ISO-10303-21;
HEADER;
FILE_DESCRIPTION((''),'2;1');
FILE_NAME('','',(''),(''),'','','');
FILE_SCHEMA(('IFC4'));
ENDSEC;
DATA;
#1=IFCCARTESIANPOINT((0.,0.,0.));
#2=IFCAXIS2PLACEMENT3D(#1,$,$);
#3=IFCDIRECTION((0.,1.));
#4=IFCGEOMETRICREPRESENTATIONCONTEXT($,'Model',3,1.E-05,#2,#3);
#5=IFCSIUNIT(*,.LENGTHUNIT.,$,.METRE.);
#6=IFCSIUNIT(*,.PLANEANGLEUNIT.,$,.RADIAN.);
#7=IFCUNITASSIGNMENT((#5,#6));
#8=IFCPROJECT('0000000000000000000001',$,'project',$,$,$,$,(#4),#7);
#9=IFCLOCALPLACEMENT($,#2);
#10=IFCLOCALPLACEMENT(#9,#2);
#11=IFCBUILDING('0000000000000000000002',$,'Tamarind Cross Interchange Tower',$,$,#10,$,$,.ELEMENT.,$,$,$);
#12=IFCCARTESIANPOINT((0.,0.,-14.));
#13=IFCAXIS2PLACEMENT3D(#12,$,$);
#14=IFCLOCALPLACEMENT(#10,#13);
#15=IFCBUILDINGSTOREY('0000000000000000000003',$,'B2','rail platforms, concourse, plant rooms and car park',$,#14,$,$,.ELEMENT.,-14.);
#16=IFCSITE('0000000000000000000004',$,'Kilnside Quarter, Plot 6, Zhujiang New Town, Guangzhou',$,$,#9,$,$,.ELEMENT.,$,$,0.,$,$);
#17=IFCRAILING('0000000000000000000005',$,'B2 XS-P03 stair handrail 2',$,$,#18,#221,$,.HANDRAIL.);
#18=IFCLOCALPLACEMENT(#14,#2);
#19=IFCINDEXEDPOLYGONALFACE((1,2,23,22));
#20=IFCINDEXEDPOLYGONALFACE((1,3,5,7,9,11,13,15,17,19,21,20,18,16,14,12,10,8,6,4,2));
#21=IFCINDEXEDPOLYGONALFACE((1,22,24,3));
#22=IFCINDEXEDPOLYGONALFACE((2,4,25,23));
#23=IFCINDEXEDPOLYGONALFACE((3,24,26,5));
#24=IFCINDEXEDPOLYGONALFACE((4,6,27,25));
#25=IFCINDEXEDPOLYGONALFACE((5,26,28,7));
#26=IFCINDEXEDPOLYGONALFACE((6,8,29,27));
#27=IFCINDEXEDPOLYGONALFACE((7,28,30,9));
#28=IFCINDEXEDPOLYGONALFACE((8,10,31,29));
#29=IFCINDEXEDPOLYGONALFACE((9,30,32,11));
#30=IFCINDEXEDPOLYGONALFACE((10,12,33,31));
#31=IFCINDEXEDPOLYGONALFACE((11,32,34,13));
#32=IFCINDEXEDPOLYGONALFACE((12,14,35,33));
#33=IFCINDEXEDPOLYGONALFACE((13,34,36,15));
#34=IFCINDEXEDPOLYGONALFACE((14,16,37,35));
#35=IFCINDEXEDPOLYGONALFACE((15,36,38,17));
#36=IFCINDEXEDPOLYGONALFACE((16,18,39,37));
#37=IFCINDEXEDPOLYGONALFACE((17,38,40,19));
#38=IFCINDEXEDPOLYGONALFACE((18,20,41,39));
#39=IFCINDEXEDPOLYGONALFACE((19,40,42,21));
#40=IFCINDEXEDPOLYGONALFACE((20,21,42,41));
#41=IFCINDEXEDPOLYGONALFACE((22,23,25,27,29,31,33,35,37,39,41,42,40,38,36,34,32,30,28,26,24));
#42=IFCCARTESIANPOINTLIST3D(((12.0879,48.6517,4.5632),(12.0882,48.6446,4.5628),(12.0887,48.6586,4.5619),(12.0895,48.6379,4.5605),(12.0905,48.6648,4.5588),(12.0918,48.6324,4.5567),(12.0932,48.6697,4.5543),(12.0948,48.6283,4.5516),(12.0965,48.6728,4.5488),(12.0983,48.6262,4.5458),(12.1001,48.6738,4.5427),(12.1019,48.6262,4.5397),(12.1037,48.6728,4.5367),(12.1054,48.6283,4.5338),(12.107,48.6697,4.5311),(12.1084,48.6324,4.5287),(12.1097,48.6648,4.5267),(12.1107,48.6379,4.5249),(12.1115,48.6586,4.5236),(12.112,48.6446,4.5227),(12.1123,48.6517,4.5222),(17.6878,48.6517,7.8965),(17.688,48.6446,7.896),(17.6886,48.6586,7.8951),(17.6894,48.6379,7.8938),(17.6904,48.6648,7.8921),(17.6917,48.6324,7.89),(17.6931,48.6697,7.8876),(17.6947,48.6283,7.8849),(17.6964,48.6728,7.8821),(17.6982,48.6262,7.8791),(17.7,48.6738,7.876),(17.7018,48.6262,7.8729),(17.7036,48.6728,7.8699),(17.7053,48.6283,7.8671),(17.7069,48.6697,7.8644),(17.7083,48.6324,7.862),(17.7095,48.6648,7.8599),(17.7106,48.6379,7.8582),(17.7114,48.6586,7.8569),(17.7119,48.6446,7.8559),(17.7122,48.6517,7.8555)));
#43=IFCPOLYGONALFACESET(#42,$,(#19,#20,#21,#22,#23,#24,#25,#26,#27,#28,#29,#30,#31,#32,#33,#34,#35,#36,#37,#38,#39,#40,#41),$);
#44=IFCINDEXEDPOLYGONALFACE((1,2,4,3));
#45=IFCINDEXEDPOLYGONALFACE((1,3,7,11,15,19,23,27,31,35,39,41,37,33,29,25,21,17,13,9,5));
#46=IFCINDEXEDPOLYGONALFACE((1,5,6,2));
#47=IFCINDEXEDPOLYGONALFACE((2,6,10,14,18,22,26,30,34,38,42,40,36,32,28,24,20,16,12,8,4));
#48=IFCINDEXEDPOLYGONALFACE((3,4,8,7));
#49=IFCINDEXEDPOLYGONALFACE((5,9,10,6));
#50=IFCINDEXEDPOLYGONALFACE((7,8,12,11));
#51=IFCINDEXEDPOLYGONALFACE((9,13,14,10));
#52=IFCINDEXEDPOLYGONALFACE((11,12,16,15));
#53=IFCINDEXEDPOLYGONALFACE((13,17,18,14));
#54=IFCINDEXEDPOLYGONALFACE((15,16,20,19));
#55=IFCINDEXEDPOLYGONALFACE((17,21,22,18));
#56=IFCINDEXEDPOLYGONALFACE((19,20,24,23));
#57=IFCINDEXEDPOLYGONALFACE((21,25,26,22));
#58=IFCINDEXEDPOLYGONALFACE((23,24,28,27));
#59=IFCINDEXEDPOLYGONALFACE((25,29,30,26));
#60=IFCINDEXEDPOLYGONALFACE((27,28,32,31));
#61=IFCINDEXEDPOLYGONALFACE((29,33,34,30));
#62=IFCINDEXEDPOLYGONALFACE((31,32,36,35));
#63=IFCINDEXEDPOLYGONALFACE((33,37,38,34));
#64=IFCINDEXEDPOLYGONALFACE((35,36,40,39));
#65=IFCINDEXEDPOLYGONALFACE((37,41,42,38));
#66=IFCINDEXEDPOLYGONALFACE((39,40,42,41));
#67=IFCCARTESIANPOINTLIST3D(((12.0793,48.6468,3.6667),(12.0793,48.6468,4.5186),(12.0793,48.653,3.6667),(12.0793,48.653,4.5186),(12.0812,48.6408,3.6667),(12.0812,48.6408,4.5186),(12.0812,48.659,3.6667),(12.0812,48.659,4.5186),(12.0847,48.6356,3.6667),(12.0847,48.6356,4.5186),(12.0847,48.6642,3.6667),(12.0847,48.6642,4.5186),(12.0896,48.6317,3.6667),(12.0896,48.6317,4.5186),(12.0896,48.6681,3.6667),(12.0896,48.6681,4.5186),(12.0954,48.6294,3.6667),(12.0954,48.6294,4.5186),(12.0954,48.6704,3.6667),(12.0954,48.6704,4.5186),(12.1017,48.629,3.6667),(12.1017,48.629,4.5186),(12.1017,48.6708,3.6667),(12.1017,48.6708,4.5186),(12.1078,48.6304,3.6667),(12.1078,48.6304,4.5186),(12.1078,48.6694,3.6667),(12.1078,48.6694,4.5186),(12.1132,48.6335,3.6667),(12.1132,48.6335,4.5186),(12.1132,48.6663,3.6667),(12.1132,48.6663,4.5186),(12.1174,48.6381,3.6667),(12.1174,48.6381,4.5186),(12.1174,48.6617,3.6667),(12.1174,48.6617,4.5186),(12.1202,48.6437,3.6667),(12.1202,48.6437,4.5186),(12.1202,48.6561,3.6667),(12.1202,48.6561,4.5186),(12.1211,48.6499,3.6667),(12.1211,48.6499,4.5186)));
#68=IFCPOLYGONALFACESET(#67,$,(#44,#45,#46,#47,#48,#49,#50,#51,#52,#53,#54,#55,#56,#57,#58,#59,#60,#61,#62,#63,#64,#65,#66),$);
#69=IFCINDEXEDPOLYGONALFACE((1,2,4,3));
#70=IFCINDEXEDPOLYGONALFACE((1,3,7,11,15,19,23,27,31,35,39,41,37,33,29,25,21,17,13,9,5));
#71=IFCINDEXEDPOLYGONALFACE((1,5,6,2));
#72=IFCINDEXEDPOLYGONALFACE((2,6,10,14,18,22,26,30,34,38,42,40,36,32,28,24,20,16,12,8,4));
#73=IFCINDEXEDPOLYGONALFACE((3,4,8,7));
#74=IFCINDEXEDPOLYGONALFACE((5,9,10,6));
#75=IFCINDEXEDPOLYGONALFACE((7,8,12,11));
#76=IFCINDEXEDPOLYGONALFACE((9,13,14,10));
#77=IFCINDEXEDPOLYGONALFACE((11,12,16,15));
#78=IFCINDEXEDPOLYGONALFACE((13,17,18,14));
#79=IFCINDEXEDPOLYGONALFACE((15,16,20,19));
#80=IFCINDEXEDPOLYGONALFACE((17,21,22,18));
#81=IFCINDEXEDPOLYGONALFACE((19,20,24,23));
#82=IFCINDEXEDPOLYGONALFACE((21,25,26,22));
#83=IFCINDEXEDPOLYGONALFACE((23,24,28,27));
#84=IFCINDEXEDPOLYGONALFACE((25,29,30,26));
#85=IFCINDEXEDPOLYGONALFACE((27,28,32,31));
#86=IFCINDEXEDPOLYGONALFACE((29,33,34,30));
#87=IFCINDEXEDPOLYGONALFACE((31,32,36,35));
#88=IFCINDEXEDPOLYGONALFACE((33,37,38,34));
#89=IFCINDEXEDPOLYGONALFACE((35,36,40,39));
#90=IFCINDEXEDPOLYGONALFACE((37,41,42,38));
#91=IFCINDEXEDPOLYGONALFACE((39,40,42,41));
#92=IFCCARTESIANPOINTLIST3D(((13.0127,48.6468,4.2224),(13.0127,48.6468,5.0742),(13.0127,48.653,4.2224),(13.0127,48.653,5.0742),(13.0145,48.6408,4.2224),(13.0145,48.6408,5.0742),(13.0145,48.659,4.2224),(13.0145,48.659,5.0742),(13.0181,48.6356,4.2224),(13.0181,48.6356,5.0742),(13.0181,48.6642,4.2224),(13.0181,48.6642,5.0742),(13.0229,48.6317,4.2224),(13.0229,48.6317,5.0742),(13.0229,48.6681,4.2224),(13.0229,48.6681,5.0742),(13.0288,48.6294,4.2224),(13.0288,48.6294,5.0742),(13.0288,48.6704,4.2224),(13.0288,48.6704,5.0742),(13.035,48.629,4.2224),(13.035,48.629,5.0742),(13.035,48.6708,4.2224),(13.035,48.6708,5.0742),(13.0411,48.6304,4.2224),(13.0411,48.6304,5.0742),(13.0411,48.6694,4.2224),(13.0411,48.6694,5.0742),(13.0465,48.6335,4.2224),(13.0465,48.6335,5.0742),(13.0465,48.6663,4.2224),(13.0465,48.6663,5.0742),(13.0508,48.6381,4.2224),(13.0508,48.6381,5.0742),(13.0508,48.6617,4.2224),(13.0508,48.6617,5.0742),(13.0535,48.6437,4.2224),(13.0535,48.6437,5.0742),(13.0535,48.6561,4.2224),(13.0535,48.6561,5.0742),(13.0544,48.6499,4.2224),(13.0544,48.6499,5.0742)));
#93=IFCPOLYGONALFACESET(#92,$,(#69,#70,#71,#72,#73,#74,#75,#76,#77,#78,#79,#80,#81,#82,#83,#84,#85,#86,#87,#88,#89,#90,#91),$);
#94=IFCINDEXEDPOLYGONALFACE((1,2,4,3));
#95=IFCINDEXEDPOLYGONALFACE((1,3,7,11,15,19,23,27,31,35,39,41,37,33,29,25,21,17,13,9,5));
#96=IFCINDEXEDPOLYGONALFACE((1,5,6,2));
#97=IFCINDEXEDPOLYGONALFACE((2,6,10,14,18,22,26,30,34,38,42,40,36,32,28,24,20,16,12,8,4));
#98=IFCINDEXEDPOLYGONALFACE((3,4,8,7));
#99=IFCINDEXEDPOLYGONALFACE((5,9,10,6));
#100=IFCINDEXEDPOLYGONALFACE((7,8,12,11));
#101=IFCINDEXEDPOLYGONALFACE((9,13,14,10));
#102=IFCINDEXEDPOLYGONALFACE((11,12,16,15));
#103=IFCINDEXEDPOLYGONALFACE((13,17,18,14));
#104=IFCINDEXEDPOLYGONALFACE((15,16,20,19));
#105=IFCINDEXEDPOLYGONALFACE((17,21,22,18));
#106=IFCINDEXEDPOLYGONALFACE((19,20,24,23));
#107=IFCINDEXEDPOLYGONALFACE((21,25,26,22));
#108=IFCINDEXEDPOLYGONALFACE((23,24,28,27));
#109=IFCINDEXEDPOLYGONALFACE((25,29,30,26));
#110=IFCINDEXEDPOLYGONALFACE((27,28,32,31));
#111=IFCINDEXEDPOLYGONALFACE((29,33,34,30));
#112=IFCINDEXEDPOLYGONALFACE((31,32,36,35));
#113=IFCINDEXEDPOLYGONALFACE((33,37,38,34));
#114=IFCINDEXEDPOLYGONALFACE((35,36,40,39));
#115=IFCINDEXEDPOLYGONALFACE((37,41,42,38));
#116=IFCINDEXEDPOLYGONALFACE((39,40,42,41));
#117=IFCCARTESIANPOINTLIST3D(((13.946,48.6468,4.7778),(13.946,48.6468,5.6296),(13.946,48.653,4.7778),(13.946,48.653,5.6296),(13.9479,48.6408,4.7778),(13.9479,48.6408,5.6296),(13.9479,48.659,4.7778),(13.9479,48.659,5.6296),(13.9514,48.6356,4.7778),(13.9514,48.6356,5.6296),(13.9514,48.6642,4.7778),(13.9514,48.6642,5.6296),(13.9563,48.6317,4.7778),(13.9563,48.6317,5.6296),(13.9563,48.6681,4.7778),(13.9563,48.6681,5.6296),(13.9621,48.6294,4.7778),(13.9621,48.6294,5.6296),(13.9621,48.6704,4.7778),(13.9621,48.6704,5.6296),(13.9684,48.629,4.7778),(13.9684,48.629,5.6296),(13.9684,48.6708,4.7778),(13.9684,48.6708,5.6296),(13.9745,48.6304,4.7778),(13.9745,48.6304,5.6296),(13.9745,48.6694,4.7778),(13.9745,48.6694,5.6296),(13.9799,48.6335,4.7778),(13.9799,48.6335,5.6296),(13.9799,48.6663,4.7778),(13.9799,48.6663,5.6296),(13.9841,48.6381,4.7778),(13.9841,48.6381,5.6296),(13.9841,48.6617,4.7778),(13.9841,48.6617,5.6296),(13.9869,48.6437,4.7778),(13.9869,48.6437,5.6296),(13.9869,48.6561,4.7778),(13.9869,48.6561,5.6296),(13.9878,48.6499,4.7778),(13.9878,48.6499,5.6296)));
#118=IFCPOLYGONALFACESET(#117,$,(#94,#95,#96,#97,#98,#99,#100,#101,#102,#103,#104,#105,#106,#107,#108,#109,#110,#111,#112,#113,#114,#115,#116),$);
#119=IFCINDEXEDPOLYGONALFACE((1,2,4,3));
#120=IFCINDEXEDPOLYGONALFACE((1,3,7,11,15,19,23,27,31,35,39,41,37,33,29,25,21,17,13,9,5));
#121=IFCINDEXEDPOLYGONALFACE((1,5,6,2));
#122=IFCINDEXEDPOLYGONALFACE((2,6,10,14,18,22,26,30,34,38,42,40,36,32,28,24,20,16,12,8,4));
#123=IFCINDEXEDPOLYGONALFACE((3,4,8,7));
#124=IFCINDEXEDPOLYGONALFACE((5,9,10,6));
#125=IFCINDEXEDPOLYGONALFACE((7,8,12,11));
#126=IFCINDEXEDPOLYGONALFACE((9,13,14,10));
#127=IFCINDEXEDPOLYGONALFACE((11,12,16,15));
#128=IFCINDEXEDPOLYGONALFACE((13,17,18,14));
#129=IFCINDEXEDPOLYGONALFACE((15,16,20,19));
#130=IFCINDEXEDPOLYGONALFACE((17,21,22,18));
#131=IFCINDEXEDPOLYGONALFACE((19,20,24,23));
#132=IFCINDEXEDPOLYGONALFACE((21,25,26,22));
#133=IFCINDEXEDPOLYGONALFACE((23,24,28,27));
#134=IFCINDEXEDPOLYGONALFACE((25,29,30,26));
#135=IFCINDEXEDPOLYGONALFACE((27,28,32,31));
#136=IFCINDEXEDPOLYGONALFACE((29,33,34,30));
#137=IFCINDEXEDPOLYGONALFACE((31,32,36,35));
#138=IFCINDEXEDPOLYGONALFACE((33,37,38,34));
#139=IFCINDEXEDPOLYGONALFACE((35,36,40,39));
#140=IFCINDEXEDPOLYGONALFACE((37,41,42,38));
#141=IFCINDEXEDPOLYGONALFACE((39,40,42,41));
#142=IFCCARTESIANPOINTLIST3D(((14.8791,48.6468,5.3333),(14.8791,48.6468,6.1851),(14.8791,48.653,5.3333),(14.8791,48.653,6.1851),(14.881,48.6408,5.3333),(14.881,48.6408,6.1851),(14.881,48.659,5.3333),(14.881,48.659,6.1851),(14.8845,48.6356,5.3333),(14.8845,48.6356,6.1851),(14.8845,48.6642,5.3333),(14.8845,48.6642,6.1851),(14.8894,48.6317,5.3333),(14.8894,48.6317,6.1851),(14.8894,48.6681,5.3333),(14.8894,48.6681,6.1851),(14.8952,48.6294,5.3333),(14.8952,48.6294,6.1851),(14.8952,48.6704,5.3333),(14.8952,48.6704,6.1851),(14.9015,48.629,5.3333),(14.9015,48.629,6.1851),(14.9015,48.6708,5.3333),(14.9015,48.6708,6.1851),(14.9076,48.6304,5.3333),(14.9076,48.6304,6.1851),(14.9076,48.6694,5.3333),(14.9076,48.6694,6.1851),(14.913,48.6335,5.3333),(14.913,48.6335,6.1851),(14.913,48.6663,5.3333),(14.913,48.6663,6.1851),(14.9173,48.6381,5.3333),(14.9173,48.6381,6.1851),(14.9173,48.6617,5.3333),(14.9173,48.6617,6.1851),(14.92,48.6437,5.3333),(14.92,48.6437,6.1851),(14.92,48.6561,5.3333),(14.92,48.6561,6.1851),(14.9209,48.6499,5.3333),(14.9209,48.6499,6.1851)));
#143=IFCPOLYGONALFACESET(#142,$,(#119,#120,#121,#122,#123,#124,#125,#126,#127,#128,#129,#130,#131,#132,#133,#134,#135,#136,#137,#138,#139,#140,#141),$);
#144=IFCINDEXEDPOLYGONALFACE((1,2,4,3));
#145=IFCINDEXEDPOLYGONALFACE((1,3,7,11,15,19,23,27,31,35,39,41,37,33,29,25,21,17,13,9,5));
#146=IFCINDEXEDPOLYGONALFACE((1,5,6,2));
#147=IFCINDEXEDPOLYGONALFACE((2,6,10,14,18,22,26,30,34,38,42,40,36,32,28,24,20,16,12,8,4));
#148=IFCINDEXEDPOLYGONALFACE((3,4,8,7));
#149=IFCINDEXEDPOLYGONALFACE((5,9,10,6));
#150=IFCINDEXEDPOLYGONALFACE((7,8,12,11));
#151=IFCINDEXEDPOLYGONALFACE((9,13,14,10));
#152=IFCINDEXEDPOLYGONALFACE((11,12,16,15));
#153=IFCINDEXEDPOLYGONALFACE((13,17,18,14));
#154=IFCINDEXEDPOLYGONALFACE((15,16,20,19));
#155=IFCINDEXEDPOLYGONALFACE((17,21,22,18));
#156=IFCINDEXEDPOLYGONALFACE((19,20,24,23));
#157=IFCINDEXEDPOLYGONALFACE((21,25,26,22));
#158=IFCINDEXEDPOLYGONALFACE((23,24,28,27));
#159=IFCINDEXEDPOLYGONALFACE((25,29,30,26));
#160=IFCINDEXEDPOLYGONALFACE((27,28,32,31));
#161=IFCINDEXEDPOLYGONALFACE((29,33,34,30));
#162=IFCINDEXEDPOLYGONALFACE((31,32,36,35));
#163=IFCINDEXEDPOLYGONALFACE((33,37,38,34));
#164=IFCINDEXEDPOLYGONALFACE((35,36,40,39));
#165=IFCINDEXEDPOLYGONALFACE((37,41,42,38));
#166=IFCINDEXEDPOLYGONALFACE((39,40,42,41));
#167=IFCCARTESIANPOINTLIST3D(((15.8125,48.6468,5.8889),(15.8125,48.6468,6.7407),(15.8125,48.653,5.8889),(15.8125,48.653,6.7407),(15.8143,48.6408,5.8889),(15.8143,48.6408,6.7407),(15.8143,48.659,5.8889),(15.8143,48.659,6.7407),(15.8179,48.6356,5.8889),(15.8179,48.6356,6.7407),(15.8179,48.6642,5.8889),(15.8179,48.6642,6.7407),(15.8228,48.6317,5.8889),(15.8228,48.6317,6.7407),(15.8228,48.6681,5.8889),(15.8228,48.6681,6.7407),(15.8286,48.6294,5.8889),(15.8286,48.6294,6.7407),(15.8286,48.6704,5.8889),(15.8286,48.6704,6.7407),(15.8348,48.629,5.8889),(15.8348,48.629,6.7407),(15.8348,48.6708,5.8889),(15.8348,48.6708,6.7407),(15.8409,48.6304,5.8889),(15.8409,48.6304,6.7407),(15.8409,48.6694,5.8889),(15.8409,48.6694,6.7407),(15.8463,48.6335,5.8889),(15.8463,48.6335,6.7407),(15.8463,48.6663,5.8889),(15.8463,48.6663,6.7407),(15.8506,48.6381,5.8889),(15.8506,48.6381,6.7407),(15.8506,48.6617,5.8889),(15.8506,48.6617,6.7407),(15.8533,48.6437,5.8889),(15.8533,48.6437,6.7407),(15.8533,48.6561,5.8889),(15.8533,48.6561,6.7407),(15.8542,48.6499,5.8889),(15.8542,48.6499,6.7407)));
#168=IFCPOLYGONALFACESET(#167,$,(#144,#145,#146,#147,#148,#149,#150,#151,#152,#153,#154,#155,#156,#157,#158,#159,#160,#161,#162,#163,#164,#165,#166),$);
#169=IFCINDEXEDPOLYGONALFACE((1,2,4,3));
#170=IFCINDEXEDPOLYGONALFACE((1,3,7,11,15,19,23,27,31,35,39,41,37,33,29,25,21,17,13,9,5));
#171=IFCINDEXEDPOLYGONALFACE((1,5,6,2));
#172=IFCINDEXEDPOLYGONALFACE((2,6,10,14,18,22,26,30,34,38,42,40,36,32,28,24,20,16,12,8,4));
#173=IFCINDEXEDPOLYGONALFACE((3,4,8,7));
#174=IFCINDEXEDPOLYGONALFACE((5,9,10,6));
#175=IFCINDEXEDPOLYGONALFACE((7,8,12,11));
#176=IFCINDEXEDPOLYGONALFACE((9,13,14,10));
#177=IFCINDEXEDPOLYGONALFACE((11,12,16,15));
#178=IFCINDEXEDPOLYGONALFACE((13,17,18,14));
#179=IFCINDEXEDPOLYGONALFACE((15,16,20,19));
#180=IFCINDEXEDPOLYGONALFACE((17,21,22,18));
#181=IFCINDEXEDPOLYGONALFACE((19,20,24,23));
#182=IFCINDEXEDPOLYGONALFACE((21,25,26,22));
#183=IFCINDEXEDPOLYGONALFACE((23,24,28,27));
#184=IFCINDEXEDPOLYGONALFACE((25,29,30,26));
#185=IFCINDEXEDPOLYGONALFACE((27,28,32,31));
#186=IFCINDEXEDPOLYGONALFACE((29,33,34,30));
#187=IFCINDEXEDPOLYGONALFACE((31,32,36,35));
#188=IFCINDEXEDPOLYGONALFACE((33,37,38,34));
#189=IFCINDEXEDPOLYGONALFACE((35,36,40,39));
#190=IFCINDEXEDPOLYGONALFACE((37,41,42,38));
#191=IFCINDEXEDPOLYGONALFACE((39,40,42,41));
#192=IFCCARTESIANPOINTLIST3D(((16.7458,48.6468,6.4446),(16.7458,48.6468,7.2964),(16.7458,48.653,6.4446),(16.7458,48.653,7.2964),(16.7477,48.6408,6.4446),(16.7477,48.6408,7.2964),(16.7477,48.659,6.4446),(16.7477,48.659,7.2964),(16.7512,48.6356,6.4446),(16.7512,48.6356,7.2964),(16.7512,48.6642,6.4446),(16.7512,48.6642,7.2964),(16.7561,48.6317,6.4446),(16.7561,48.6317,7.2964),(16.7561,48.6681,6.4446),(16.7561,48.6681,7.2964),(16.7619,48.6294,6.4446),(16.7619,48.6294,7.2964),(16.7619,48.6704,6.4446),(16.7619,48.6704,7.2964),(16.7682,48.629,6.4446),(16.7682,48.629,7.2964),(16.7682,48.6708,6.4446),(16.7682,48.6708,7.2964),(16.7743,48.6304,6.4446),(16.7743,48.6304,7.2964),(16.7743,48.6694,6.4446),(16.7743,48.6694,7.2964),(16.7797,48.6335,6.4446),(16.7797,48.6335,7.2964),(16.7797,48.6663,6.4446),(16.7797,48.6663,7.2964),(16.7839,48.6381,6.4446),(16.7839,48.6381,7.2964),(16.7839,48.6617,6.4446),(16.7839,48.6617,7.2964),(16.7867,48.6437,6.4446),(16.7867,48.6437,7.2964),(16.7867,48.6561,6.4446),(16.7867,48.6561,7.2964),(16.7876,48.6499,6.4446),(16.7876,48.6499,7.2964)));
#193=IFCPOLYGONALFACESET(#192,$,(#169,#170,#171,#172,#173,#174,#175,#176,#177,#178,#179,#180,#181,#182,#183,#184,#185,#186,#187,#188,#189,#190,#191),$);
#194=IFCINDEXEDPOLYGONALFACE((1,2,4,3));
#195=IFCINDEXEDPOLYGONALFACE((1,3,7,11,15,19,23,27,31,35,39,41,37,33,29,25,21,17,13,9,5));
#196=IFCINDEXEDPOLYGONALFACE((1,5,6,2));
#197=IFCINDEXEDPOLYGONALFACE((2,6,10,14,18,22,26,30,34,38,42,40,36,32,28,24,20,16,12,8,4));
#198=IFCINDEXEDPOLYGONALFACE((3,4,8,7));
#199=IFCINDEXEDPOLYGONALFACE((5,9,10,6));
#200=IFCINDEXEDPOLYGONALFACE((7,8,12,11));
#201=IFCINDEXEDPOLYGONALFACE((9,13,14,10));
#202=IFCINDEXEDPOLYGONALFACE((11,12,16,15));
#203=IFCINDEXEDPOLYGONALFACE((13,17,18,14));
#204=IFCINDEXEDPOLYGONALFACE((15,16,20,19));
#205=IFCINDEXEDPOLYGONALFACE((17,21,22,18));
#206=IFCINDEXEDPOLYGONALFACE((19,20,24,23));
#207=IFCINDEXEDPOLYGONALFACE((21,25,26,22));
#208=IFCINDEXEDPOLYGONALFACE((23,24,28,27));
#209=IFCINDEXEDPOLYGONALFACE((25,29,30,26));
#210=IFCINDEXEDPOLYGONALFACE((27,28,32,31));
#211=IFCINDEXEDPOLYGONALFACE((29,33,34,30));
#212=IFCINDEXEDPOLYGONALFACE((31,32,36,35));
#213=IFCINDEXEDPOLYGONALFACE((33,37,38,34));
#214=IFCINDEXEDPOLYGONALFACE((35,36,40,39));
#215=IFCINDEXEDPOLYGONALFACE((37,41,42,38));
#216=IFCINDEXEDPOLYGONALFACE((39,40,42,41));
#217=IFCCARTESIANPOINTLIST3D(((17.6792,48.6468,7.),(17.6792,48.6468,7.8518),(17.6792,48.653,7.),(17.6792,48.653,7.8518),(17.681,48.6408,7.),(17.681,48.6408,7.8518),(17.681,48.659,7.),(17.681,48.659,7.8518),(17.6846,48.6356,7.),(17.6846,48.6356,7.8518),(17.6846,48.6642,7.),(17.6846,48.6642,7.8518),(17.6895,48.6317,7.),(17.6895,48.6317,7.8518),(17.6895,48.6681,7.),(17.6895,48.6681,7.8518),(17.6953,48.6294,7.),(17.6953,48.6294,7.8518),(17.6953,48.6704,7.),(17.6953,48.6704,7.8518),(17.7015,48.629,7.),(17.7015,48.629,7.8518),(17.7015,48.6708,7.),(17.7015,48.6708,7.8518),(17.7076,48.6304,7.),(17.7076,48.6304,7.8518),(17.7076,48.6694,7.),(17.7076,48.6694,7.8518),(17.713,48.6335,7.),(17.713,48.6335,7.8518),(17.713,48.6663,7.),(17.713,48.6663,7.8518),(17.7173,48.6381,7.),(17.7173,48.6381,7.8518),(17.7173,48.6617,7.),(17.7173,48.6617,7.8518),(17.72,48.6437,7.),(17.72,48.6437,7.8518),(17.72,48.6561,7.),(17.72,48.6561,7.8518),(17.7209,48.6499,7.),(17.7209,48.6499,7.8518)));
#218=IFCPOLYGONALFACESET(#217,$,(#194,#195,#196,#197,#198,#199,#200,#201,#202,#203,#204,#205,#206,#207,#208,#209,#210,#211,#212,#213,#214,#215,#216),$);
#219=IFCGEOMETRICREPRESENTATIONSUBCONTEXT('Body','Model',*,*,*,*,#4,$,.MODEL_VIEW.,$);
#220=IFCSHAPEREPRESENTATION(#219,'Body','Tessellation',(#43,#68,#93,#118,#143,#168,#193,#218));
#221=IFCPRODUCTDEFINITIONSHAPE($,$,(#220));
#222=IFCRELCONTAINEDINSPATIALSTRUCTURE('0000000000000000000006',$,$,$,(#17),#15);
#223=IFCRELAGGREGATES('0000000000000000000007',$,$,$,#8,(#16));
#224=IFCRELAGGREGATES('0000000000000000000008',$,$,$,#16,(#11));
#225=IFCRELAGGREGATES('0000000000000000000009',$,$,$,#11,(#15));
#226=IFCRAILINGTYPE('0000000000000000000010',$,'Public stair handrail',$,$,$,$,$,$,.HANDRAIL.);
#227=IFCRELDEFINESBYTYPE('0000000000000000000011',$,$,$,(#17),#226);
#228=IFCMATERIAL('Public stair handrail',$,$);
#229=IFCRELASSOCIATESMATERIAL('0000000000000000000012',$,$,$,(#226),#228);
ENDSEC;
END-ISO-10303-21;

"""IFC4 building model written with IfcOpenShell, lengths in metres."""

from ifc_helpers import new_model, si_unit, direction, frame, origin, origin_2d, place, context, subcontext, project, spatial, circle, extrude, material, type_object, element, save


model = new_model("IFC4")

# Units and contexts
model_context = context("Model", 3, precision=1e-05, world=origin(), true_north=direction((0.0, 1.0)))
body_context = subcontext(model_context, "Body", "Model", "MODEL_VIEW")
ifc_project = project(units=[si_unit("LENGTHUNIT", "METRE"), si_unit("PLANEANGLEUNIT", "RADIAN")], contexts=[model_context])

# Site, building, storey
site_placement = place(None, origin())
site = spatial("IfcSite", under=ifc_project, at=site_placement, Name="Kilnside Quarter, Plot 6, Zhujiang New Town, Guangzhou", CompositionType="ELEMENT", RefElevation=0.0)
building_placement = place(site_placement, origin())
building = spatial("IfcBuilding", under=site, at=building_placement, Name="Tamarind Cross Interchange Tower", CompositionType="ELEMENT")
storey_placement = place(building_placement, frame((0.0, 0.0, -14.0)))
storey = spatial("IfcBuildingStorey", under=building, at=storey_placement, Name="B2", Description="rail platforms, concourse, plant rooms and car park", CompositionType="ELEMENT", Elevation=-14.0)

# Railing
ifc_material_1 = material(Name="Public stair handrail")
railing_type_1 = type_object("IfcRailingType", Name="Public stair handrail", PredefinedType="HANDRAIL", material=ifc_material_1)
railing_1_placement = place(storey_placement, frame((12.1001, 48.6499, 3.6667)))
element("IfcRailing", 1, at=railing_1_placement, inside=storey, type_object=railing_type_1, Name="B2 XS-P03 stair handrail 2", PredefinedType="HANDRAIL", context=body_context, shape_type="SweptSolid", body=[
    extrude(circle(Radius=0.0239, at=origin_2d()), frame((0.0, 0.0, 0.876), z_axis=(0.859292, 0.0, 0.511485), x_axis=(0.0, 1.0, 0.0)), (0.0, 0.0, 1.0), 6.5168),
    extrude(circle(Radius=0.021, at=origin_2d()), origin(), (0.0, 0.0, 1.0), 0.8518),
    extrude(circle(Radius=0.021, at=origin_2d()), frame((0.9333, 0.0, 0.5557)), (0.0, 0.0, 1.0), 0.8518),
    extrude(circle(Radius=0.021, at=origin_2d()), frame((1.8667, 0.0, 1.1111)), (0.0, 0.0, 1.0), 0.8518),
    extrude(circle(Radius=0.021, at=origin_2d()), frame((2.7998, 0.0, 1.6665)), (0.0, 0.0, 1.0), 0.8518),
    extrude(circle(Radius=0.021, at=origin_2d()), frame((3.7332, 0.0, 2.2222)), (0.0, 0.0, 1.0), 0.8518),
    extrude(circle(Radius=0.021, at=origin_2d()), frame((4.6665, 0.0, 2.7778)), (0.0, 0.0, 1.0), 0.8518),
    extrude(circle(Radius=0.021, at=origin_2d()), frame((5.5999, 0.0, 3.3333)), (0.0, 0.0, 1.0), 0.8518),
])

save(model, "model.ifc")
